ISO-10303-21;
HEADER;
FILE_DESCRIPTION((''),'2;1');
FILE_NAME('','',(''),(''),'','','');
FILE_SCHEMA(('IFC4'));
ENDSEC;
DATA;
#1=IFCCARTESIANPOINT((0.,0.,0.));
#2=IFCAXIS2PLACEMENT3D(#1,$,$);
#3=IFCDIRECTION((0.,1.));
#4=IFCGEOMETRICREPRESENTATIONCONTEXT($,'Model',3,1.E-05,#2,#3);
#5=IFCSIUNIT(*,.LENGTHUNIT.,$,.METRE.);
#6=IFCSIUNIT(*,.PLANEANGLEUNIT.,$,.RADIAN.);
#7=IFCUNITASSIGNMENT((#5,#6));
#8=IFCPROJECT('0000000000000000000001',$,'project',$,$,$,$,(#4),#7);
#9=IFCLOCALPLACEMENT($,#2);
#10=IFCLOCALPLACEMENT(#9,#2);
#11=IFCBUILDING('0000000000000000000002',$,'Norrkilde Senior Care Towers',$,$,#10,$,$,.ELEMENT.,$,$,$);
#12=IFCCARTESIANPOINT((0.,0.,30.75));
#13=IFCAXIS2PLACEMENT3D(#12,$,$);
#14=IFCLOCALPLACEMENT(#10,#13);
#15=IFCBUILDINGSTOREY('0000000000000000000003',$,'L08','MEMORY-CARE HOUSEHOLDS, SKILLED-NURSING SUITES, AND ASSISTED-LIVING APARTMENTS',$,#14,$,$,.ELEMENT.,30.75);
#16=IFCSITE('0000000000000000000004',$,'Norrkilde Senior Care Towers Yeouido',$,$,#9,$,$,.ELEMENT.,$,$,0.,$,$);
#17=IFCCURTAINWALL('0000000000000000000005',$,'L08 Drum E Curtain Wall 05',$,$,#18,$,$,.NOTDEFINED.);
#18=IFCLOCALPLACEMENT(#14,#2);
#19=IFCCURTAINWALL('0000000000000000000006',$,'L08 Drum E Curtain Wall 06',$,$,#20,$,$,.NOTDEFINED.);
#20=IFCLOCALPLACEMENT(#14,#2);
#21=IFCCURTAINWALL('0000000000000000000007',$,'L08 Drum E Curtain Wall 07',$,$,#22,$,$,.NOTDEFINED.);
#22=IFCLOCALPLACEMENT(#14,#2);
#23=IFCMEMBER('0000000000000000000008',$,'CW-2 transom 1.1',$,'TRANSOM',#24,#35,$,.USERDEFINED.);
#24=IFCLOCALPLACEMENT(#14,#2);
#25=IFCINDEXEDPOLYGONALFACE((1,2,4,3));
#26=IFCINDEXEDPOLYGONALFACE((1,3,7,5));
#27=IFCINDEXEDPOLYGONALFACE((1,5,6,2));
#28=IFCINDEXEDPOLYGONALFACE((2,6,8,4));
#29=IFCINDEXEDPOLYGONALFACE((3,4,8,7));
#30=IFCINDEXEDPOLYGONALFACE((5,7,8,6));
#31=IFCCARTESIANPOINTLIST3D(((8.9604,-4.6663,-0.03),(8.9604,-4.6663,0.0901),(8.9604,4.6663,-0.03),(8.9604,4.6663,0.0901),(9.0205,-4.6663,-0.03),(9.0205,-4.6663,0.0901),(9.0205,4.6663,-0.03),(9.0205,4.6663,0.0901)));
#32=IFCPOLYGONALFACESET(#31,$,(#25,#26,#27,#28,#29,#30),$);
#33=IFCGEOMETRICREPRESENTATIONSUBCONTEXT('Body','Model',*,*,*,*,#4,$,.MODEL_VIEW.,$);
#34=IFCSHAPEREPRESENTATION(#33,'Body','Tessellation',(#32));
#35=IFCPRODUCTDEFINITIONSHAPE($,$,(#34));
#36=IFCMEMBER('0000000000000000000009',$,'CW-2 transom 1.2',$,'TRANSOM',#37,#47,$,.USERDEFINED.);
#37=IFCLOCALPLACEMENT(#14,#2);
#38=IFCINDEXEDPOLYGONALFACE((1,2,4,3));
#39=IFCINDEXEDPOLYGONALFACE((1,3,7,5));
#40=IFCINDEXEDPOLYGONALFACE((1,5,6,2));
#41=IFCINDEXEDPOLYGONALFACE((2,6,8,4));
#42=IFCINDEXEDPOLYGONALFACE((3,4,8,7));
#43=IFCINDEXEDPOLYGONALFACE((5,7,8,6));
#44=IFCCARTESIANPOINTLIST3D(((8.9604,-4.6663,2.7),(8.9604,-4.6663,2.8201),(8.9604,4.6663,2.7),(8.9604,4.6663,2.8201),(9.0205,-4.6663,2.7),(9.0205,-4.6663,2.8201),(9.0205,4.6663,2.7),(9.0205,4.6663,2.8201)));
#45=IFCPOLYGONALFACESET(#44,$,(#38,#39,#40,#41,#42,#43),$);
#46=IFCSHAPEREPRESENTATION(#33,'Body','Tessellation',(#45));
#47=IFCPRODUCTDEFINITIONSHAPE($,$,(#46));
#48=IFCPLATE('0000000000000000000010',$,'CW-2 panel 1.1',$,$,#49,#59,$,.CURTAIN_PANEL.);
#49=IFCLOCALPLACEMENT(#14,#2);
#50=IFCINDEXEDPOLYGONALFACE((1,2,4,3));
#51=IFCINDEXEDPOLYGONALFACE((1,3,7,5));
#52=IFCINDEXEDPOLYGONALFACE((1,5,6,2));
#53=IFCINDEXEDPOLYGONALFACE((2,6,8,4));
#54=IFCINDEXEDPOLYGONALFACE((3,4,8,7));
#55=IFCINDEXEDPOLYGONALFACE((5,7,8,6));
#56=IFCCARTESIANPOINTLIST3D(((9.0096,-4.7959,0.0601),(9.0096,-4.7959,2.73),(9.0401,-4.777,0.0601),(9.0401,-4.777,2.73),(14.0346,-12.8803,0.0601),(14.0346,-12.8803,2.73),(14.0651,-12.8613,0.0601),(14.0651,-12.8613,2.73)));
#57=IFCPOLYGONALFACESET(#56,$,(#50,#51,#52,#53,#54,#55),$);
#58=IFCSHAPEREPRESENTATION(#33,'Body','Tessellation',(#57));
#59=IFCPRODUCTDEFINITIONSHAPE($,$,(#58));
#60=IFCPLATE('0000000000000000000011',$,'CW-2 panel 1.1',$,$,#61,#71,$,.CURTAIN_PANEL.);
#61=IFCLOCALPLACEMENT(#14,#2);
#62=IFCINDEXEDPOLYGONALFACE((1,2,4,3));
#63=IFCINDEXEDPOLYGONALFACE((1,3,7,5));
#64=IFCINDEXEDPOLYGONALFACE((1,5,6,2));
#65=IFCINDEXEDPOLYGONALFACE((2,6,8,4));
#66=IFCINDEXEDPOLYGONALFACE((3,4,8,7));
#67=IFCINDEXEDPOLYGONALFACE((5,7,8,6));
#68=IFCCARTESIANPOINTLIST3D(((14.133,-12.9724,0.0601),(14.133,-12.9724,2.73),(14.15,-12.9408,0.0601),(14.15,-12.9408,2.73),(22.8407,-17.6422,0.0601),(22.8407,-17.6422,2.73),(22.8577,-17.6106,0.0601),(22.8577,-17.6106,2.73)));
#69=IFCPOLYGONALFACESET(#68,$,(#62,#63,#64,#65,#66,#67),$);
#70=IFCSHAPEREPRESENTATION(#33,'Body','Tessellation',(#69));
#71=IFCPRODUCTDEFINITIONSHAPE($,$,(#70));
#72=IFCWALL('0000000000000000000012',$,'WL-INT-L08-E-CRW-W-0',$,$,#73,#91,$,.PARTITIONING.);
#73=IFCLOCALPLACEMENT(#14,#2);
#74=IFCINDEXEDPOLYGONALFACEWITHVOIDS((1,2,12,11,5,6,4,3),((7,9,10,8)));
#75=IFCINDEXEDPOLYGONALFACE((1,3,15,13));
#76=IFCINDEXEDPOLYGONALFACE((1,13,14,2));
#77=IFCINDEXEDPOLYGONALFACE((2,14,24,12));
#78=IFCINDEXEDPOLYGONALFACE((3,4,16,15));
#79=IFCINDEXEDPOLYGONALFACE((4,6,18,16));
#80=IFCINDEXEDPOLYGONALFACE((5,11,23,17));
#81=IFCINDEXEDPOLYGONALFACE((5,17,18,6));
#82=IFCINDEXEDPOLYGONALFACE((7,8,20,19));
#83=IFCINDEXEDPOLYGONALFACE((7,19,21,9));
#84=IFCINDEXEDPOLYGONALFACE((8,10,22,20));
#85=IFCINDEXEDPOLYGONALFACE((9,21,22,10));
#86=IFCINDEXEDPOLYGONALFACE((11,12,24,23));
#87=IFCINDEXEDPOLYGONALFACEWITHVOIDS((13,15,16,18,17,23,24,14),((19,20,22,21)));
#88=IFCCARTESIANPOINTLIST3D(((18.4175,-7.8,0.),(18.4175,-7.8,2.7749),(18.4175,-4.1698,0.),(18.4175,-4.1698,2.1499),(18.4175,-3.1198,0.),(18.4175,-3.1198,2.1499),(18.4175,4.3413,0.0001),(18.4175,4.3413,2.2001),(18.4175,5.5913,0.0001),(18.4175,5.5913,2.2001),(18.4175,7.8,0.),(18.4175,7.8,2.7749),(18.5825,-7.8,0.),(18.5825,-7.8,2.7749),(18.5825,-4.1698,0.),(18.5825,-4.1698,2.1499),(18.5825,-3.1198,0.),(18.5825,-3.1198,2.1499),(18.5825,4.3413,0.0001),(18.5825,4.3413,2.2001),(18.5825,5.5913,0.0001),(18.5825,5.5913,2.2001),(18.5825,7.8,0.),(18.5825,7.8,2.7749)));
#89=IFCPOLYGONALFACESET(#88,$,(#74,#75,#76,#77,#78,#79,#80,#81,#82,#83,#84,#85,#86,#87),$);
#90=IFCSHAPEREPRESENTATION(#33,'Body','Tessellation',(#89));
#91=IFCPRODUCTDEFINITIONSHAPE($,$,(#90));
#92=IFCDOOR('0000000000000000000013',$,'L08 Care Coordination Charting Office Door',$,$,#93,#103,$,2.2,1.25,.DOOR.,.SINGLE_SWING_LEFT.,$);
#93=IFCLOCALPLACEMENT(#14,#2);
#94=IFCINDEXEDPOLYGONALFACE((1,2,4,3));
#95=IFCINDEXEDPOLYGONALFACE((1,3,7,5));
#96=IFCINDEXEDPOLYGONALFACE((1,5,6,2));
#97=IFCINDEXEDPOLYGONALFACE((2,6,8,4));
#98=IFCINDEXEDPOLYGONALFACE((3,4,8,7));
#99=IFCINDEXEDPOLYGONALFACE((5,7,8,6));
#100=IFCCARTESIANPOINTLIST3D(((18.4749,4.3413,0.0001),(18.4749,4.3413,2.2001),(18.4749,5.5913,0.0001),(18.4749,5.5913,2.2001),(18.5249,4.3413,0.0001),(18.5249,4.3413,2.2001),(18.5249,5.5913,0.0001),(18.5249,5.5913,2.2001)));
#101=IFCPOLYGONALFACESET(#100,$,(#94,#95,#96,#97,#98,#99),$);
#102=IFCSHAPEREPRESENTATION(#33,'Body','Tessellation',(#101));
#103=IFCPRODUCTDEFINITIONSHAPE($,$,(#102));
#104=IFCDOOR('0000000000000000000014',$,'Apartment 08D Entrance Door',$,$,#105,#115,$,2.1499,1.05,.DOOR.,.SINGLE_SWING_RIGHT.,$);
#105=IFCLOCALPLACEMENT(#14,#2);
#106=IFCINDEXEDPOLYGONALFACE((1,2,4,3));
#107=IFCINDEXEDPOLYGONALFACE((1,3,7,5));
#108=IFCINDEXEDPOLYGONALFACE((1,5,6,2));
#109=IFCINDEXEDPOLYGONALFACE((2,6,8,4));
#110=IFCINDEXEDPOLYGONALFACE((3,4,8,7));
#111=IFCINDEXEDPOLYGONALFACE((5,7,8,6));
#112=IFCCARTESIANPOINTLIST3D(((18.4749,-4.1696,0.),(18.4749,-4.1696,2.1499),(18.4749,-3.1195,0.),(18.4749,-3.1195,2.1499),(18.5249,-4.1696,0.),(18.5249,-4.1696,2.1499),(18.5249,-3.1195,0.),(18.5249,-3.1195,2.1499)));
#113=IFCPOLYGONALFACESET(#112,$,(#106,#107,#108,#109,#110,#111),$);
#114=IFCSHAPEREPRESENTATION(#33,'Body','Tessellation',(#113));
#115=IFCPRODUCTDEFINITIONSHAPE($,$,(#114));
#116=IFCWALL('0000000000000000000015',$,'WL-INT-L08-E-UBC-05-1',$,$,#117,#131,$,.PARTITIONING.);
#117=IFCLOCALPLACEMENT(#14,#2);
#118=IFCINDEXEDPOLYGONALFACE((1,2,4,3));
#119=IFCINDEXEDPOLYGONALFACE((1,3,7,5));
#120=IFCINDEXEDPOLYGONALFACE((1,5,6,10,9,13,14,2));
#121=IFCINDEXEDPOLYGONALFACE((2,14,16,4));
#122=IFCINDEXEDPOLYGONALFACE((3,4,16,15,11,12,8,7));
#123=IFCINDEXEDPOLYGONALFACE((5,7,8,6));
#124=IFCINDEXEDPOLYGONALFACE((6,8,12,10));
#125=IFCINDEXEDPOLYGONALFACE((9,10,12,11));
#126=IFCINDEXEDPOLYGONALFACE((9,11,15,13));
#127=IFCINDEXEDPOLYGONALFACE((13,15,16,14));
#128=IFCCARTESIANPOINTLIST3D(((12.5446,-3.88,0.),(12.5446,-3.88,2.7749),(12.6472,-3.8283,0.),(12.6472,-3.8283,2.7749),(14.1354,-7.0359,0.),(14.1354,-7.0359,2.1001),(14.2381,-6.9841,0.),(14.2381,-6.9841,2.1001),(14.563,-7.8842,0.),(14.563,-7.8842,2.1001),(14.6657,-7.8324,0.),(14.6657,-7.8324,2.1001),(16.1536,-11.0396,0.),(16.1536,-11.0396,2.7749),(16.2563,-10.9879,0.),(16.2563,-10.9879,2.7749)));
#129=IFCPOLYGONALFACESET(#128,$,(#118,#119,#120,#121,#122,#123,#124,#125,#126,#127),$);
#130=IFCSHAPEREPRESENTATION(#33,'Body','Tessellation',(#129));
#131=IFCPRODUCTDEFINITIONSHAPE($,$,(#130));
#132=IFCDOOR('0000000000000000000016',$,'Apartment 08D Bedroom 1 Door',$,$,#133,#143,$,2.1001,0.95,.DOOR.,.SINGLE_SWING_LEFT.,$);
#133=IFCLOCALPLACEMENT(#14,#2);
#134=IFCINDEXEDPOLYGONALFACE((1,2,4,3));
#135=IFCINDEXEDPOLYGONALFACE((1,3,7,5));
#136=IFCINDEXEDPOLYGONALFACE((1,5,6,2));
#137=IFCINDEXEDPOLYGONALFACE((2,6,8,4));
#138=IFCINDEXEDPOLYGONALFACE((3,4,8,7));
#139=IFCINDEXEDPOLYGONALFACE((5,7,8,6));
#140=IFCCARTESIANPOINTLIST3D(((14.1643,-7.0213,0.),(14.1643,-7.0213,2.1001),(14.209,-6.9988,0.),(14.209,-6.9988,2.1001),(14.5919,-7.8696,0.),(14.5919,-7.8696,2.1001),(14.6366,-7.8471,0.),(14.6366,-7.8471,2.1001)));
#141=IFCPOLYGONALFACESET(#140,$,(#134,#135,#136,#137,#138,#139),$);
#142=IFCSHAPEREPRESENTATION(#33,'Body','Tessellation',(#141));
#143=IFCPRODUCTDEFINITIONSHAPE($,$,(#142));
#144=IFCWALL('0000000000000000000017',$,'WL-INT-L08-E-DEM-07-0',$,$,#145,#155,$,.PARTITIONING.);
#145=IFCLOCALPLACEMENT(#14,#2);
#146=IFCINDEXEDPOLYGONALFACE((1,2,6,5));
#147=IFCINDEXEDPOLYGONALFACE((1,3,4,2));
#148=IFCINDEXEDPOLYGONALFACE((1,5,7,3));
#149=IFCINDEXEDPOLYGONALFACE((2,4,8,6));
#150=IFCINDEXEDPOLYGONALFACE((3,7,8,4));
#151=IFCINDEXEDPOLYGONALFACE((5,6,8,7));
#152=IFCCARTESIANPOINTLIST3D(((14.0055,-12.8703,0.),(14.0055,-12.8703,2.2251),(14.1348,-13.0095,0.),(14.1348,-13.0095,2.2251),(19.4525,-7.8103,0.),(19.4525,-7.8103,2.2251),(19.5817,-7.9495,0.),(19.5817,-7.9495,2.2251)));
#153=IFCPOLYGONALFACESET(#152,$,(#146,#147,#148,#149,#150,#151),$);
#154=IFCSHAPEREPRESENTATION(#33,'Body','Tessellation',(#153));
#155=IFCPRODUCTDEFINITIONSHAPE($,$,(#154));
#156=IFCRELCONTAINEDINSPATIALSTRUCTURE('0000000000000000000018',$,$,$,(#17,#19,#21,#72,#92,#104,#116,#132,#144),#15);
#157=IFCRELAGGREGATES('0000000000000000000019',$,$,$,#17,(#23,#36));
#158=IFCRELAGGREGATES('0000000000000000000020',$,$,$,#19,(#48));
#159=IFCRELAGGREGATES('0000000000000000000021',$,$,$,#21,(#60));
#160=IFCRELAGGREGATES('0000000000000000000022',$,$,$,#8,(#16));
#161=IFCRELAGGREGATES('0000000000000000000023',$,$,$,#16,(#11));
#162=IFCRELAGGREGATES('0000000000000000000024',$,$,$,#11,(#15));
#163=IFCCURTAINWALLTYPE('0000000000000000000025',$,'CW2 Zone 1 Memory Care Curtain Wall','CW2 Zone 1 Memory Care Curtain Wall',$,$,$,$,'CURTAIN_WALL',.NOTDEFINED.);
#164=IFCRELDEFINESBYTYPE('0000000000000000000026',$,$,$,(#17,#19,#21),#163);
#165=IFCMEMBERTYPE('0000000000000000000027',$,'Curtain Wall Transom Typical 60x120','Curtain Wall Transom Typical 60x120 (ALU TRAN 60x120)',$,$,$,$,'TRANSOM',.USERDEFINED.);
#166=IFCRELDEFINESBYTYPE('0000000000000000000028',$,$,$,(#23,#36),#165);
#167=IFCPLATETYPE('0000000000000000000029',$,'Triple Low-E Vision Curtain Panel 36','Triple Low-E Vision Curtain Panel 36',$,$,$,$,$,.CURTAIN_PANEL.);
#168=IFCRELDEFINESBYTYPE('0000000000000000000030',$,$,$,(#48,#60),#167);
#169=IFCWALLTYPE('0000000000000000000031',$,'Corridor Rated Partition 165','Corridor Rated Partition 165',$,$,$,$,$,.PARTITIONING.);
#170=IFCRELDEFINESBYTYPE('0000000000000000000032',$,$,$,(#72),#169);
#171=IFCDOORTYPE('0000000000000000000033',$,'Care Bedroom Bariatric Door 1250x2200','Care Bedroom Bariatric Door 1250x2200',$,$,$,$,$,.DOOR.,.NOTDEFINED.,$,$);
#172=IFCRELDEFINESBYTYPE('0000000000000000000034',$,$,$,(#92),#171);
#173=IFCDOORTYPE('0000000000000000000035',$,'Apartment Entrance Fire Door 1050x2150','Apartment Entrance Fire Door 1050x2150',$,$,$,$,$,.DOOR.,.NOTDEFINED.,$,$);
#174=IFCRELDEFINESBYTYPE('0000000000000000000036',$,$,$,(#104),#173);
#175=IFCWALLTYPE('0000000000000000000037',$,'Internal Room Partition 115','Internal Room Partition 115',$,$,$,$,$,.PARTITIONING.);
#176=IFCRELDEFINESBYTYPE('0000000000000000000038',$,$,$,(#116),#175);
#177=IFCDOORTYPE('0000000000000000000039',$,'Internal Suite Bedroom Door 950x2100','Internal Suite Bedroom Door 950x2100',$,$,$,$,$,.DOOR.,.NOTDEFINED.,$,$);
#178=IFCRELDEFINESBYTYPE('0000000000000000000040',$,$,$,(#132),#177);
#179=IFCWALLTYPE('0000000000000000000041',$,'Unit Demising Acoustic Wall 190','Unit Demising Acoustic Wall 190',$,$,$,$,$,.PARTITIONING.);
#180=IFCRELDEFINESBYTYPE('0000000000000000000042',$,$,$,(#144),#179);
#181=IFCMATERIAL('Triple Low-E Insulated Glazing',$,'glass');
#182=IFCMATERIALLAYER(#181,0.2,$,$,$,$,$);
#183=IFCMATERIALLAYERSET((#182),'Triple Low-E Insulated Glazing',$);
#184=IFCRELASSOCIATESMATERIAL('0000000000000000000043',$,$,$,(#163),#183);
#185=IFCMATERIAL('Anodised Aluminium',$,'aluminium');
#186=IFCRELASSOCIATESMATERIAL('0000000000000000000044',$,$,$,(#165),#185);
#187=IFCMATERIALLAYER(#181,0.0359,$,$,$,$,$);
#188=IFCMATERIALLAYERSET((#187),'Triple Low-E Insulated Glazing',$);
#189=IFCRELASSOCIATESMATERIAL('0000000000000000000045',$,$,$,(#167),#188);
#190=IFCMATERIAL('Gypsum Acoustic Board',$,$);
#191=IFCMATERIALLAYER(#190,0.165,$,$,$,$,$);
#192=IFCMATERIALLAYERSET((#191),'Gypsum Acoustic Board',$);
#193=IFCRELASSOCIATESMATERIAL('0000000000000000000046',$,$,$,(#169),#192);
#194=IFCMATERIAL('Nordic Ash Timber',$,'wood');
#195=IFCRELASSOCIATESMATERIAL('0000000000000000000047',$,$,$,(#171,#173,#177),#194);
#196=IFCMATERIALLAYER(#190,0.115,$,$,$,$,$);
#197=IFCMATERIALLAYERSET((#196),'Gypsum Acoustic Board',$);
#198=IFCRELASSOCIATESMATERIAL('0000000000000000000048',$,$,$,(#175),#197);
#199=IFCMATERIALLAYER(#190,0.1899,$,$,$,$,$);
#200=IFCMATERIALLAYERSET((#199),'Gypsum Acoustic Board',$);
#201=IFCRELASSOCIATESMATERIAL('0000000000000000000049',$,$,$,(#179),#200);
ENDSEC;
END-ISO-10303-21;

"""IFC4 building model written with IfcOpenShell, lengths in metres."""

from ifc_helpers import new_model, si_unit, direction, frame, frame_2d, origin, origin_2d, place, context, subcontext, project, spatial, rectangle, extrude, source, transform, mapped, material, layer, layer_set, material_profile, profile_set, type_object, type_shapes, element, fill, aggregate, save


model = new_model("IFC4")

# Units and contexts
model_context = context("Model", 3, precision=1e-05, world=origin(), true_north=direction((0.0, 1.0)))
body_context = subcontext(model_context, "Body", "Model", "MODEL_VIEW")
ifc_project = project(units=[si_unit("LENGTHUNIT", "METRE"), si_unit("PLANEANGLEUNIT", "RADIAN")], contexts=[model_context])

# Site, building, storey
site_placement = place(None, origin())
site = spatial("IfcSite", under=ifc_project, at=site_placement, Name="Norrkilde Senior Care Towers Yeouido", CompositionType="ELEMENT", RefElevation=0.0)
building_placement = place(site_placement, origin())
building = spatial("IfcBuilding", under=site, at=building_placement, Name="Norrkilde Senior Care Towers", CompositionType="ELEMENT")
storey_placement = place(building_placement, frame((0.0, 0.0, 30.75)))
storey = spatial("IfcBuildingStorey", under=building, at=storey_placement, Name="L08", Description="MEMORY-CARE HOUSEHOLDS, SKILLED-NURSING SUITES, AND ASSISTED-LIVING APARTMENTS", CompositionType="ELEMENT", Elevation=30.75)

# Curtain wall
ifc_material_1 = material(Name="Triple Low-E Insulated Glazing", Category="glass")
ifc_layer_1 = layer(ifc_material_1, 0.2)
ifc_layer_set_1 = layer_set([ifc_layer_1], Name="Triple Low-E Insulated Glazing")
curtain_wall_type = type_object("IfcCurtainWallType", Name="CW2 Zone 1 Memory Care Curtain Wall", Description="CW2 Zone 1 Memory Care Curtain Wall", ElementType="CURTAIN_WALL", PredefinedType="NOTDEFINED", material=ifc_layer_set_1)
curtain_wall_1_placement = place(storey_placement, origin())
curtain_wall_1 = element("IfcCurtainWall", 1, at=curtain_wall_1_placement, inside=storey, type_object=curtain_wall_type, Name="L08 Drum E Curtain Wall 05", PredefinedType="NOTDEFINED")
ifc_material_2 = material(Name="Anodised Aluminium", Category="aluminium")

# Curtain wall
curtain_wall_2_placement = place(storey_placement, origin())
curtain_wall_2 = element("IfcCurtainWall", 2, at=curtain_wall_2_placement, inside=storey, type_object=curtain_wall_type, Name="L08 Drum E Curtain Wall 06", PredefinedType="NOTDEFINED")

# Curtain wall
curtain_wall_3_placement = place(storey_placement, origin())
curtain_wall_3 = element("IfcCurtainWall", 3, at=curtain_wall_3_placement, inside=storey, type_object=curtain_wall_type, Name="L08 Drum E Curtain Wall 07", PredefinedType="NOTDEFINED")

# Members
ifc_material_profile_1 = material_profile(ifc_material_2, rectangle(XDim=0.0601, YDim=0.1201, at=origin_2d()), Name="ALU TRAN 60x120")
ifc_profile_set_1 = profile_set([ifc_material_profile_1], Name="Anodised Aluminium")
member_type_1 = type_object("IfcMemberType", Name="Curtain Wall Transom Typical 60x120", Description="Curtain Wall Transom Typical 60x120 (ALU TRAN 60x120)", ElementType="TRANSOM", PredefinedType="USERDEFINED", material=ifc_profile_set_1)
shared_shape_1 = source(origin(), body_context, "Body", "SweptSolid", [
    extrude(rectangle(XDim=0.0601, YDim=0.1201, at=origin_2d()), origin(), (0.0, 0.0, 1.0), 9.3325),
])
member_1_placement = place(storey_placement, frame((8.9905, -4.6663, 0.03), z_axis=(0.0, 1.0, 0.0), x_axis=(-1.0, 0.0, 0.0)))
member_1 = element("IfcMember", 4, at=member_1_placement, type_object=member_type_1, Name="CW-2 transom 1.1", ObjectType="TRANSOM", PredefinedType="USERDEFINED", context=body_context, shape_type="MappedRepresentation", body=[
    mapped(shared_shape_1, transform((0.0, 0.0, 0.0), x_axis=(1.0, 0.0, 0.0), y_axis=(0.0, 1.0, 0.0), z_axis=(0.0, 0.0, 1.0), scale=1.0)),
])
member_2_placement = place(storey_placement, frame((8.9905, -4.6663, 2.76), z_axis=(0.0, 1.0, 0.0), x_axis=(-1.0, 0.0, 0.0)))
member_2 = element("IfcMember", 5, at=member_2_placement, type_object=member_type_1, Name="CW-2 transom 1.2", ObjectType="TRANSOM", PredefinedType="USERDEFINED", context=body_context, shape_type="MappedRepresentation", body=[
    mapped(shared_shape_1, transform((0.0, 0.0, 0.0), x_axis=(1.0, 0.0, 0.0), y_axis=(0.0, 1.0, 0.0), z_axis=(0.0, 0.0, 1.0), scale=1.0)),
])
aggregate(curtain_wall_1, [member_1, member_2])

# Plates
ifc_layer_2 = layer(ifc_material_1, 0.0359)
ifc_layer_set_2 = layer_set([ifc_layer_2], Name="Triple Low-E Insulated Glazing")
plate_type = type_object("IfcPlateType", Name="Triple Low-E Vision Curtain Panel 36", Description="Triple Low-E Vision Curtain Panel 36", PredefinedType="CURTAIN_PANEL", material=ifc_layer_set_2)
shared_shape_2 = source(origin(), body_context, "Body", "SweptSolid", [
    extrude(rectangle(XDim=9.5188, YDim=0.0359, at=origin_2d()), origin(), (0.0, 0.0, 1.0), 2.6699),
])
plate_1_placement = place(storey_placement, frame((11.5374, -8.8286, 0.0601), z_axis=(0.0, 0.0, 1.0), x_axis=(-0.527901, 0.849306, 0.0)))
plate_1 = element("IfcPlate", 6, at=plate_1_placement, type_object=plate_type, Name="CW-2 panel 1.1", PredefinedType="CURTAIN_PANEL", context=body_context, shape_type="MappedRepresentation", body=[
    mapped(shared_shape_2, transform((0.0, 0.0, 0.0), x_axis=(1.0, 0.0, 0.0), y_axis=(0.0, 1.0, 0.0), z_axis=(0.0, 0.0, 1.0), scale=1.0)),
])
aggregate(curtain_wall_2, [plate_1])
shared_shape_3 = source(origin(), body_context, "Body", "SweptSolid", [
    extrude(rectangle(XDim=9.8809, YDim=0.0359, at=origin_2d()), origin(), (0.0, 0.0, 1.0), 2.6699),
])
type_shapes(plate_type, [shared_shape_2, shared_shape_3])
plate_2_placement = place(storey_placement, frame((18.4954, -15.2915, 0.0601), z_axis=(0.0, 0.0, 1.0), x_axis=(-0.881273, 0.472608, 0.0)))
plate_2 = element("IfcPlate", 7, at=plate_2_placement, type_object=plate_type, Name="CW-2 panel 1.1", PredefinedType="CURTAIN_PANEL", context=body_context, shape_type="MappedRepresentation", body=[
    mapped(shared_shape_3, transform((0.0, 0.0, 0.0), x_axis=(1.0, 0.0, 0.0), y_axis=(0.0, 1.0, 0.0), z_axis=(0.0, 0.0, 1.0), scale=1.0)),
])
aggregate(curtain_wall_3, [plate_2])

# Wall, openings, doors
ifc_material_3 = material(Name="Gypsum Acoustic Board")
ifc_layer_3 = layer(ifc_material_3, 0.165)
ifc_layer_set_3 = layer_set([ifc_layer_3], Name="Gypsum Acoustic Board")
wall_type_1 = type_object("IfcWallType", Name="Corridor Rated Partition 165", Description="Corridor Rated Partition 165", PredefinedType="PARTITIONING", material=ifc_layer_set_3)
shared_shape_4 = source(origin(), body_context, "Body", "SweptSolid", [
    extrude(rectangle(XDim=15.6001, YDim=0.165, at=frame_2d((7.8, 0.0))), origin(), (0.0, 0.0, 1.0), 2.7749),
])
type_shapes(wall_type_1, [shared_shape_4])
wall_1_placement = place(storey_placement, frame((18.5, -7.8, 0.0), z_axis=(0.0, 0.0, 1.0), x_axis=(0.0, 1.0, 0.0)))
wall_1 = element("IfcWall", 8, at=wall_1_placement, inside=storey, type_object=wall_type_1, Name="WL-INT-L08-E-CRW-W-0", PredefinedType="PARTITIONING", context=body_context, shape_type="MappedRepresentation", body=[
    mapped(shared_shape_4, transform((0.0, 0.0, 0.0), x_axis=(1.0, 0.0, 0.0), y_axis=(0.0, 1.0, 0.0), z_axis=(0.0, 0.0, 1.0), scale=1.0)),
])
opening_1_placement = place(wall_1_placement, frame((12.1414, 0.0, 0.0)))
opening_1 = element("IfcOpeningElement", 9, at=opening_1_placement, cuts=wall_1, PredefinedType="OPENING", context=body_context, shape_type="SweptSolid", body=[
    extrude(rectangle(XDim=1.25, YDim=2.2, at=frame_2d((0.625, 1.1001))), frame((0.0, 0.0925, 0.0), z_axis=(0.0, -1.0, 0.0), x_axis=(1.0, 0.0, 0.0)), (0.0, 0.0, 1.0), 0.1851),
])
opening_2_placement = place(wall_1_placement, frame((3.6304, 0.0, 0.0)))
opening_2 = element("IfcOpeningElement", 10, at=opening_2_placement, cuts=wall_1, PredefinedType="OPENING", context=body_context, shape_type="SweptSolid", body=[
    extrude(rectangle(XDim=1.05, YDim=2.1499, at=frame_2d((0.5249, 1.075))), frame((0.0, 0.0925, 0.0), z_axis=(0.0, -1.0, 0.0), x_axis=(1.0, 0.0, 0.0)), (0.0, 0.0, 1.0), 0.1851),
])
ifc_material_4 = material(Name="Nordic Ash Timber", Category="wood")
door_type_1 = type_object("IfcDoorType", Name="Care Bedroom Bariatric Door 1250x2200", Description="Care Bedroom Bariatric Door 1250x2200", OperationType="NOTDEFINED", PredefinedType="DOOR", material=ifc_material_4)
shared_shape_5 = source(origin(), body_context, "Body", "SweptSolid", [
    extrude(rectangle(XDim=1.25, YDim=2.2, at=frame_2d((0.625, 1.1001))), frame((0.0, 0.0249, 0.0), z_axis=(0.0, -1.0, 0.0), x_axis=(1.0, 0.0, 0.0)), (0.0, 0.0, 1.0), 0.05),
])
type_shapes(door_type_1, [shared_shape_5])
door_1_placement = place(opening_1_placement, frame((1.25, 0.0, 0.0), z_axis=(0.0, 0.0, 1.0), x_axis=(-1.0, 0.0, 0.0)))
door_1 = element("IfcDoor", 11, at=door_1_placement, inside=storey, type_object=door_type_1, Name="L08 Care Coordination Charting Office Door", OperationType="SINGLE_SWING_LEFT", OverallHeight=2.2, OverallWidth=1.25, PredefinedType="DOOR", context=body_context, shape_type="MappedRepresentation", body=[
    mapped(shared_shape_5, transform((0.0, 0.0, 0.0), x_axis=(1.0, 0.0, 0.0), y_axis=(0.0, 1.0, 0.0), z_axis=(0.0, 0.0, 1.0), scale=1.0)),
])
fill(opening_1, door_1)
door_type_2 = type_object("IfcDoorType", Name="Apartment Entrance Fire Door 1050x2150", Description="Apartment Entrance Fire Door 1050x2150", OperationType="NOTDEFINED", PredefinedType="DOOR", material=ifc_material_4)
shared_shape_6 = source(origin(), body_context, "Body", "SweptSolid", [
    extrude(rectangle(XDim=1.05, YDim=2.1499, at=frame_2d((0.5249, 1.075))), frame((0.0, 0.0249, 0.0), z_axis=(0.0, -1.0, 0.0), x_axis=(1.0, 0.0, 0.0)), (0.0, 0.0, 1.0), 0.05),
])
type_shapes(door_type_2, [shared_shape_6])
door_2_placement = place(opening_2_placement, frame((1.05, 0.0, 0.0), z_axis=(0.0, 0.0, 1.0), x_axis=(-1.0, 0.0, 0.0)))
door_2 = element("IfcDoor", 12, at=door_2_placement, inside=storey, type_object=door_type_2, Name="Apartment 08D Entrance Door", OperationType="SINGLE_SWING_RIGHT", OverallHeight=2.1499, OverallWidth=1.05, PredefinedType="DOOR", context=body_context, shape_type="MappedRepresentation", body=[
    mapped(shared_shape_6, transform((0.0, 0.0, 0.0), x_axis=(1.0, 0.0, 0.0), y_axis=(0.0, 1.0, 0.0), z_axis=(0.0, 0.0, 1.0), scale=1.0)),
])
fill(opening_2, door_2)

# Wall, opening, door
ifc_layer_4 = layer(ifc_material_3, 0.115)
ifc_layer_set_4 = layer_set([ifc_layer_4], Name="Gypsum Acoustic Board")
wall_type_2 = type_object("IfcWallType", Name="Internal Room Partition 115", Description="Internal Room Partition 115", PredefinedType="PARTITIONING", material=ifc_layer_set_4)
shared_shape_7 = source(origin(), body_context, "Body", "SweptSolid", [
    extrude(rectangle(XDim=8.0178, YDim=0.115, at=frame_2d((4.0088, 0.0))), origin(), (0.0, 0.0, 1.0), 2.7749),
])
wall_2_placement = place(storey_placement, frame((12.5959, -3.8542, 0.0), z_axis=(0.0, 0.0, 1.0), x_axis=(0.450134, -0.892961, 0.0)))
wall_2 = element("IfcWall", 13, at=wall_2_placement, inside=storey, type_object=wall_type_2, Name="WL-INT-L08-E-UBC-05-1", PredefinedType="PARTITIONING", context=body_context, shape_type="MappedRepresentation", body=[
    mapped(shared_shape_7, transform((0.0, 0.0, 0.0), x_axis=(1.0, 0.0, 0.0), y_axis=(0.0, 1.0, 0.0), z_axis=(0.0, 0.0, 1.0), scale=1.0)),
])
opening_3_placement = place(wall_2_placement, frame((3.5339, 0.0, 0.0)))
opening_3 = element("IfcOpeningElement", 14, at=opening_3_placement, cuts=wall_2, PredefinedType="OPENING", context=body_context, shape_type="SweptSolid", body=[
    extrude(rectangle(XDim=0.95, YDim=2.1001, at=frame_2d((0.4751, 1.05))), frame((0.0, 0.0674, 0.0), z_axis=(0.0, -1.0, 0.0), x_axis=(1.0, 0.0, 0.0)), (0.0, 0.0, 1.0), 0.135),
])
door_type_3 = type_object("IfcDoorType", Name="Internal Suite Bedroom Door 950x2100", Description="Internal Suite Bedroom Door 950x2100", OperationType="NOTDEFINED", PredefinedType="DOOR", material=ifc_material_4)
shared_shape_8 = source(origin(), body_context, "Body", "SweptSolid", [
    extrude(rectangle(XDim=0.95, YDim=2.1001, at=frame_2d((0.4751, 1.05))), frame((0.0, 0.0249, 0.0), z_axis=(0.0, -1.0, 0.0), x_axis=(1.0, 0.0, 0.0)), (0.0, 0.0, 1.0), 0.05),
])
type_shapes(door_type_3, [shared_shape_8])
door_3_placement = place(opening_3_placement, origin())
door_3 = element("IfcDoor", 15, at=door_3_placement, inside=storey, type_object=door_type_3, Name="Apartment 08D Bedroom 1 Door", OperationType="SINGLE_SWING_LEFT", OverallHeight=2.1001, OverallWidth=0.95, PredefinedType="DOOR", context=body_context, shape_type="MappedRepresentation", body=[
    mapped(shared_shape_8, transform((0.0, 0.0, 0.0), x_axis=(1.0, 0.0, 0.0), y_axis=(0.0, 1.0, 0.0), z_axis=(0.0, 0.0, 1.0), scale=1.0)),
])
fill(opening_3, door_3)

# Wall
ifc_layer_5 = layer(ifc_material_3, 0.1899)
ifc_layer_set_5 = layer_set([ifc_layer_5], Name="Gypsum Acoustic Board")
wall_type_3 = type_object("IfcWallType", Name="Unit Demising Acoustic Wall 190", Description="Unit Demising Acoustic Wall 190", PredefinedType="PARTITIONING", material=ifc_layer_set_5)
shared_shape_9 = source(origin(), body_context, "Body", "SweptSolid", [
    extrude(rectangle(XDim=7.4346, YDim=0.1899, at=frame_2d((3.7173, 0.0))), origin(), (0.0, 0.0, 1.0), 2.2251),
])
type_shapes(wall_type_3, [shared_shape_9])
wall_3_placement = place(storey_placement, frame((19.5171, -7.8799, 0.0), z_axis=(0.0, 0.0, 1.0), x_axis=(-0.732652, -0.680603, 0.0)))
element("IfcWall", 16, at=wall_3_placement, inside=storey, type_object=wall_type_3, Name="WL-INT-L08-E-DEM-07-0", PredefinedType="PARTITIONING", context=body_context, shape_type="MappedRepresentation", body=[
    mapped(shared_shape_9, transform((0.0, 0.0, 0.0), x_axis=(1.0, 0.0, 0.0), y_axis=(0.0, 1.0, 0.0), z_axis=(0.0, 0.0, 1.0), scale=1.0)),
])

save(model, "model.ifc")
